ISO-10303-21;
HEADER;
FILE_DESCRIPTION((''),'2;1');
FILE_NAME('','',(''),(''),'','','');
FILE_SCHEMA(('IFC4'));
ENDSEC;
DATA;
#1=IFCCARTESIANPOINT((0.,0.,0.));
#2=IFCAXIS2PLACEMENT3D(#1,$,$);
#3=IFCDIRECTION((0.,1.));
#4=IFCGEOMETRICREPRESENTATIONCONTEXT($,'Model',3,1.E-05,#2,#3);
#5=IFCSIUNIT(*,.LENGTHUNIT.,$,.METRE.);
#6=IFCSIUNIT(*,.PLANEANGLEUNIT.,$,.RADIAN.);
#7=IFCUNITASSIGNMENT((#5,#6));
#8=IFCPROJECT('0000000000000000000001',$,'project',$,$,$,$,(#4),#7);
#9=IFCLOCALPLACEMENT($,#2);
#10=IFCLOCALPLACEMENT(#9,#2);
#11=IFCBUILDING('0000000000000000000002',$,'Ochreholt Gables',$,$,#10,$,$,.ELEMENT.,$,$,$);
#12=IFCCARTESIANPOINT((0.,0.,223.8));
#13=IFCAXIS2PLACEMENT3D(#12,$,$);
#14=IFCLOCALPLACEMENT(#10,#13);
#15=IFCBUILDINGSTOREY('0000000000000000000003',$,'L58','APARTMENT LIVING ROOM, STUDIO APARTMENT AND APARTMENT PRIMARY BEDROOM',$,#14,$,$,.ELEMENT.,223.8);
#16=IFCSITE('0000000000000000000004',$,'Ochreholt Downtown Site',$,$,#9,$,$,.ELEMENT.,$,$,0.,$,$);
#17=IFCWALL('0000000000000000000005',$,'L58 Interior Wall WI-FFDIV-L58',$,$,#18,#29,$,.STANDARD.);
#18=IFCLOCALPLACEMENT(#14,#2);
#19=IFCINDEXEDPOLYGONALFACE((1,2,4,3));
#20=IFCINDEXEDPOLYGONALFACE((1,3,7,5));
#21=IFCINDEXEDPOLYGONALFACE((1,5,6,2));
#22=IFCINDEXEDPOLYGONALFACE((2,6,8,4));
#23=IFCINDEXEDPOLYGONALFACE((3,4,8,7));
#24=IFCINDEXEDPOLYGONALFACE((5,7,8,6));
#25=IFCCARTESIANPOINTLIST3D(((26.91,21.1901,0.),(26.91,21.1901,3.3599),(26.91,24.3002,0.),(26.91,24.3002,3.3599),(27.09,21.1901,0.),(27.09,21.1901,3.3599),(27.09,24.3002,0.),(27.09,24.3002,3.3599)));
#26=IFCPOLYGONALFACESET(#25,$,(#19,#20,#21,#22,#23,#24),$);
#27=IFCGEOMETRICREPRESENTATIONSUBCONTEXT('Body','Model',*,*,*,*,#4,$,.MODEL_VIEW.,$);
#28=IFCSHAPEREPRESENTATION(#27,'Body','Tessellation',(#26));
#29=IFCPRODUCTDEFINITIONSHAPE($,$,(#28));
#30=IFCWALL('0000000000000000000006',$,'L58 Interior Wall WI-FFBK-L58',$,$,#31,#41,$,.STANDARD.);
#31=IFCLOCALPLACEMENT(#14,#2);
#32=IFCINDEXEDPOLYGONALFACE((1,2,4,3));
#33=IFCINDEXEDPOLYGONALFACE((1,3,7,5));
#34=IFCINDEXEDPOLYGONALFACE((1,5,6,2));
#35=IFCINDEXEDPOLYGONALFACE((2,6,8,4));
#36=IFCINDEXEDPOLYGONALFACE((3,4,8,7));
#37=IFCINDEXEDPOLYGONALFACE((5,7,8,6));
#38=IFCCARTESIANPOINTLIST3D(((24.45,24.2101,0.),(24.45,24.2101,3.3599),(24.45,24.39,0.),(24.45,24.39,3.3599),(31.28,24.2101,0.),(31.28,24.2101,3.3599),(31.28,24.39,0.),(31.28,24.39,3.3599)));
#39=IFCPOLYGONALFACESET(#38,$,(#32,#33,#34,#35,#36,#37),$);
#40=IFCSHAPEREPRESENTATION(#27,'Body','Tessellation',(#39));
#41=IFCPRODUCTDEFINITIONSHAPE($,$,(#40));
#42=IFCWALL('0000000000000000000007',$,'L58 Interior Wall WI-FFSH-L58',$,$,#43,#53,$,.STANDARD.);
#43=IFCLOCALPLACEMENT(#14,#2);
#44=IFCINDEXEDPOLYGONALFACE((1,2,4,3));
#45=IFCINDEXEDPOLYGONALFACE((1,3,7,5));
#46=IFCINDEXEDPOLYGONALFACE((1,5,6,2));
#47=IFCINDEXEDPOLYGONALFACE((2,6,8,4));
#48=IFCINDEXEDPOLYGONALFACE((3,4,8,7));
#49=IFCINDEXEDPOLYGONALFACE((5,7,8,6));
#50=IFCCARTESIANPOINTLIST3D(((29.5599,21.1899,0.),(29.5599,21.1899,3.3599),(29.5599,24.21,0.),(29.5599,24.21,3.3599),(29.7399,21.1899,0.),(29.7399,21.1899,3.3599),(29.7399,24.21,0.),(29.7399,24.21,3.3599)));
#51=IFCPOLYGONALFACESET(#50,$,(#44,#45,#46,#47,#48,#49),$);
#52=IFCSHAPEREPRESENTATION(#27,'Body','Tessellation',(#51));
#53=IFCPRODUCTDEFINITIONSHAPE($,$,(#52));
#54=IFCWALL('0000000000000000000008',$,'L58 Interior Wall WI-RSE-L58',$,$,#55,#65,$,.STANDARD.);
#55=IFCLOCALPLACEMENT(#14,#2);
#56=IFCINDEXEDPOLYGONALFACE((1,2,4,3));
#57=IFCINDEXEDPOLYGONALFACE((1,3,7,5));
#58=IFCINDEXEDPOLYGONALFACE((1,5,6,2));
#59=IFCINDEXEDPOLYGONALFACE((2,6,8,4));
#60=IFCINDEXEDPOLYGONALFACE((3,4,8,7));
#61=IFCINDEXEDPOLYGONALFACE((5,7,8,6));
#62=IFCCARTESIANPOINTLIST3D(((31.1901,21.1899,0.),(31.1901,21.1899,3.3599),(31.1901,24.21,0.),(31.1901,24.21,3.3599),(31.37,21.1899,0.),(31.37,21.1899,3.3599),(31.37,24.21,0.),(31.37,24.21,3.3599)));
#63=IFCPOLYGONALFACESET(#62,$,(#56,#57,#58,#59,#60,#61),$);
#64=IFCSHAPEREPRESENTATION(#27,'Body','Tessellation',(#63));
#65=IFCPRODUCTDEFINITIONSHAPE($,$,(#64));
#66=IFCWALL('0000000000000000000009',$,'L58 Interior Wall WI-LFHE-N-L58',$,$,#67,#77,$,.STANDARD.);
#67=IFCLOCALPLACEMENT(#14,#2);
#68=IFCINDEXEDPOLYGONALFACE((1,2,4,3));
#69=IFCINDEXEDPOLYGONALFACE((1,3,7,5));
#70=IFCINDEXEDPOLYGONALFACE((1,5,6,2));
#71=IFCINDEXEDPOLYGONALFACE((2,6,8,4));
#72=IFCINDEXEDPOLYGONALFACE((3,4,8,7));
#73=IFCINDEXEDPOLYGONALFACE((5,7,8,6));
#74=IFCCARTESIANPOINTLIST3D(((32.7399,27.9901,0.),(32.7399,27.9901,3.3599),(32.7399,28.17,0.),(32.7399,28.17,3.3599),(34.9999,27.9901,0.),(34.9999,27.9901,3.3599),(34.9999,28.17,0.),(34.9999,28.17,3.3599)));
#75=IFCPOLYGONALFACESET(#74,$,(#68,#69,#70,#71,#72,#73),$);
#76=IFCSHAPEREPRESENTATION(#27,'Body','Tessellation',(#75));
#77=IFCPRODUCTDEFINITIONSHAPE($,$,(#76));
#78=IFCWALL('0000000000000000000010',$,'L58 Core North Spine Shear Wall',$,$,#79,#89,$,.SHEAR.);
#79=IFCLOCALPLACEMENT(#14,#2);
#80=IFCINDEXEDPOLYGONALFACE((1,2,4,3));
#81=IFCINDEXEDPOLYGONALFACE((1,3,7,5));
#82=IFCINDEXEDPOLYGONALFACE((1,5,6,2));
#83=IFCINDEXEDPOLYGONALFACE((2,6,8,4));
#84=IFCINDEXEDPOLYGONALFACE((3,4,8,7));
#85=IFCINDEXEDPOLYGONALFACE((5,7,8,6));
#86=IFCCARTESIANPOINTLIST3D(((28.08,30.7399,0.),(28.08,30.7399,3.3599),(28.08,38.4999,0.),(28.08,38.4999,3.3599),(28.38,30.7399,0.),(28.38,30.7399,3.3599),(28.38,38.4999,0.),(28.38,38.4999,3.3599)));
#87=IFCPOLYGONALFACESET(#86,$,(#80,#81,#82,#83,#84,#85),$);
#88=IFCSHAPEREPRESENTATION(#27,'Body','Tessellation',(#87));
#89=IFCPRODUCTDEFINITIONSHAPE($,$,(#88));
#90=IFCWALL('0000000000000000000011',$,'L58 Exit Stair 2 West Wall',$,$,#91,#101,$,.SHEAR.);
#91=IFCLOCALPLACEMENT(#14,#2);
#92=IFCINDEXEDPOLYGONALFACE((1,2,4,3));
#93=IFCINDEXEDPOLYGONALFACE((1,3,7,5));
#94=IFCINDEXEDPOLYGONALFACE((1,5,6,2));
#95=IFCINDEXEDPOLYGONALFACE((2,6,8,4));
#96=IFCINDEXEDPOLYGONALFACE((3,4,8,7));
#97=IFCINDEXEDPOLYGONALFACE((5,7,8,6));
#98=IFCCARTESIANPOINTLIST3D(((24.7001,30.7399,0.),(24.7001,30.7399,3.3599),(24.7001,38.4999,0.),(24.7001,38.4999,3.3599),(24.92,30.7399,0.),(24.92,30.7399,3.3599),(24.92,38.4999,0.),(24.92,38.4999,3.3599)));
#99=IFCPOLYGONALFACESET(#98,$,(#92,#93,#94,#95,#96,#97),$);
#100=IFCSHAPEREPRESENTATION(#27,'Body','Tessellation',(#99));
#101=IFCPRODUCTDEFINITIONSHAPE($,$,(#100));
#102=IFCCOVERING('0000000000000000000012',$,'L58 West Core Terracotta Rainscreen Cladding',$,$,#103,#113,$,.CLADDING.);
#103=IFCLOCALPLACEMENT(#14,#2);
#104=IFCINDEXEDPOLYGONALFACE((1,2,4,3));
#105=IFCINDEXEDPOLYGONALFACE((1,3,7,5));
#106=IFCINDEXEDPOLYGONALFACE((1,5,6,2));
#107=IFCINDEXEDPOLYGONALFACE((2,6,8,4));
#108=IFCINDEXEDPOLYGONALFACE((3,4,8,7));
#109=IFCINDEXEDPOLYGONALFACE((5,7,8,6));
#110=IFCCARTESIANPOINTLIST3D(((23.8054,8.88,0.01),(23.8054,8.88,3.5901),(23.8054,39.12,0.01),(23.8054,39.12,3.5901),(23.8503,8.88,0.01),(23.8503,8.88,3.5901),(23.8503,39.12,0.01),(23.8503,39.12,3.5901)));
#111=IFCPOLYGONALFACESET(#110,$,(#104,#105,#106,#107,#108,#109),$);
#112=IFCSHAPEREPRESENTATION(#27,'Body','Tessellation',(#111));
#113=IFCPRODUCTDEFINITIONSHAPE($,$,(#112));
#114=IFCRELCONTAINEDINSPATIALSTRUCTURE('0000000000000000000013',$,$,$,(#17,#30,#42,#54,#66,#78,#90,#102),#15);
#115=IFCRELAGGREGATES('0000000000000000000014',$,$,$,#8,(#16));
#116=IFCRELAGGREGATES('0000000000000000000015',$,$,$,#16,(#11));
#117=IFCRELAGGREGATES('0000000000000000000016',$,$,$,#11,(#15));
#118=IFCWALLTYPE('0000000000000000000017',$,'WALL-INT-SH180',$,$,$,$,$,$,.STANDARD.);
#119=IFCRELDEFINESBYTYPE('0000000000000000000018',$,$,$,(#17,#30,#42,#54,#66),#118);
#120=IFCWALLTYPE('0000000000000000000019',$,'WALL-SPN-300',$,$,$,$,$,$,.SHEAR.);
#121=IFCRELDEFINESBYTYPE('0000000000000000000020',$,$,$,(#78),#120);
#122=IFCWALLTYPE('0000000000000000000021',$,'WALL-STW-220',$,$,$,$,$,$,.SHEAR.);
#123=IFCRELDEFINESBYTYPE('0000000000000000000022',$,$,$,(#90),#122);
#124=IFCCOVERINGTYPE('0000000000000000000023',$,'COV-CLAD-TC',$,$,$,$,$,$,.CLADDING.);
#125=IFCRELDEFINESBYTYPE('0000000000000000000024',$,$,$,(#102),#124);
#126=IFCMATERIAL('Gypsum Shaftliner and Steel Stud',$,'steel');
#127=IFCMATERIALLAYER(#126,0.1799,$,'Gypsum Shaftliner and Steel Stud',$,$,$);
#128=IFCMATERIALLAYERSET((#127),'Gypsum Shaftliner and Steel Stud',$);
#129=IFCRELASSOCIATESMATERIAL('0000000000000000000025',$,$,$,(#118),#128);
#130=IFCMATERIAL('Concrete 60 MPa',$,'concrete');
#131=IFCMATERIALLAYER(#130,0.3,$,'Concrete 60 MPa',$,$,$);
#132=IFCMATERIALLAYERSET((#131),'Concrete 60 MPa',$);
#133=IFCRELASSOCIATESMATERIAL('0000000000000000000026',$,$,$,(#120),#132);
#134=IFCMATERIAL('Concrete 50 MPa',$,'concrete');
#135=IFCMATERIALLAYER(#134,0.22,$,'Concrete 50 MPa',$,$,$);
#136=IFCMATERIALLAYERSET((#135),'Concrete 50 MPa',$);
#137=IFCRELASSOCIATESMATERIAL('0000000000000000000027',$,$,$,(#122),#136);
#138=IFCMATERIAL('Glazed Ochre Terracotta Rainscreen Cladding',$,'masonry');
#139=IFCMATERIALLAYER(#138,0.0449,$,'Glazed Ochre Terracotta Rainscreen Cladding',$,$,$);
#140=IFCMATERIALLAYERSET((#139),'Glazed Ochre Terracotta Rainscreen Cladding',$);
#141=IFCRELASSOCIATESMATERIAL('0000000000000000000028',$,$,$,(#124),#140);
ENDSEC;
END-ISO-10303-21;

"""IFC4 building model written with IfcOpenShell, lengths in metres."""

from ifc_helpers import new_model, si_unit, direction, frame, frame_2d, origin, origin_2d, place, context, subcontext, project, spatial, rectangle, extrude, material, layer, layer_set, type_object, element, save


model = new_model("IFC4")

# Units and contexts
model_context = context("Model", 3, precision=1e-05, world=origin(), true_north=direction((0.0, 1.0)))
body_context = subcontext(model_context, "Body", "Model", "MODEL_VIEW")
ifc_project = project(units=[si_unit("LENGTHUNIT", "METRE"), si_unit("PLANEANGLEUNIT", "RADIAN")], contexts=[model_context])

# Site, building, storey
site_placement = place(None, origin())
site = spatial("IfcSite", under=ifc_project, at=site_placement, Name="Ochreholt Downtown Site", CompositionType="ELEMENT", RefElevation=0.0)
building_placement = place(site_placement, origin())
building = spatial("IfcBuilding", under=site, at=building_placement, Name="Ochreholt Gables", CompositionType="ELEMENT")
storey_placement = place(building_placement, frame((0.0, 0.0, 223.8)))
storey = spatial("IfcBuildingStorey", under=building, at=storey_placement, Name="L58", Description="APARTMENT LIVING ROOM, STUDIO APARTMENT AND APARTMENT PRIMARY BEDROOM", CompositionType="ELEMENT", Elevation=223.8)

# Shared definitions
ifc_material_1 = material(Name="Concrete 50 MPa", Category="concrete")

# Walls
ifc_material_2 = material(Name="Gypsum Shaftliner and Steel Stud", Category="steel")
ifc_layer_1 = layer(ifc_material_2, 0.1799, Name="Gypsum Shaftliner and Steel Stud")
ifc_layer_set_1 = layer_set([ifc_layer_1], Name="Gypsum Shaftliner and Steel Stud")
wall_type_1 = type_object("IfcWallType", Name="WALL-INT-SH180", PredefinedType="STANDARD", material=ifc_layer_set_1)
wall_1_placement = place(storey_placement, frame((27.0, 21.1899, 0.0), z_axis=(0.0, 0.0, 1.0), x_axis=(0.0, 1.0, 0.0)))
element("IfcWall", 1, at=wall_1_placement, inside=storey, type_object=wall_type_1, Name="L58 Interior Wall WI-FFDIV-L58", PredefinedType="STANDARD", context=body_context, shape_type="SweptSolid", body=[
    extrude(rectangle(XDim=3.1101, YDim=0.1799, at=frame_2d((1.5552, 0.0))), origin(), (0.0, 0.0, 1.0), 3.3599),
])
wall_2_placement = place(storey_placement, frame((24.45, 24.3, 0.0), z_axis=(0.0, 0.0, 1.0), x_axis=(1.0, 0.0, 0.0)))
element("IfcWall", 2, at=wall_2_placement, inside=storey, type_object=wall_type_1, Name="L58 Interior Wall WI-FFBK-L58", PredefinedType="STANDARD", context=body_context, shape_type="SweptSolid", body=[
    extrude(rectangle(XDim=6.8301, YDim=0.1799, at=frame_2d((3.415, 0.0))), origin(), (0.0, 0.0, 1.0), 3.3599),
])
for number, where, z_axis, x_axis, name in (
    (3, (29.6499, 21.1899, 0.0), (0.0, 0.0, 1.0), (0.0, 1.0, 0.0), "L58 Interior Wall WI-FFSH-L58"),
    (4, (31.28, 21.1899, 0.0), (0.0, 0.0, 1.0), (0.0, 1.0, 0.0), "L58 Interior Wall WI-RSE-L58"),
):
    element("IfcWall", number, at=place(storey_placement, frame(where, z_axis=z_axis, x_axis=x_axis)), inside=storey, type_object=wall_type_1, Name=name, PredefinedType="STANDARD", context=body_context, shape_type="SweptSolid", body=[
        extrude(rectangle(XDim=3.02, YDim=0.1799, at=frame_2d((1.51, 0.0))), origin(), (0.0, 0.0, 1.0), 3.3599),
    ])
wall_3_placement = place(storey_placement, frame((32.74, 28.0801, 0.0), z_axis=(0.0, 0.0, 1.0), x_axis=(1.0, 0.0, 0.0)))
element("IfcWall", 5, at=wall_3_placement, inside=storey, type_object=wall_type_1, Name="L58 Interior Wall WI-LFHE-N-L58", PredefinedType="STANDARD", context=body_context, shape_type="SweptSolid", body=[
    extrude(rectangle(XDim=2.26, YDim=0.1799, at=frame_2d((1.1299, 0.0))), origin(), (0.0, 0.0, 1.0), 3.3599),
])
ifc_material_3 = material(Name="Concrete 60 MPa", Category="concrete")
ifc_layer_2 = layer(ifc_material_3, 0.3, Name="Concrete 60 MPa")
ifc_layer_set_2 = layer_set([ifc_layer_2], Name="Concrete 60 MPa")
wall_type_2 = type_object("IfcWallType", Name="WALL-SPN-300", PredefinedType="SHEAR", material=ifc_layer_set_2)
wall_4_placement = place(storey_placement, frame((28.23, 30.74, 0.0), z_axis=(0.0, 0.0, 1.0), x_axis=(0.0, 1.0, 0.0)))
element("IfcWall", 6, at=wall_4_placement, inside=storey, type_object=wall_type_2, Name="L58 Core North Spine Shear Wall", PredefinedType="SHEAR", context=body_context, shape_type="SweptSolid", body=[
    extrude(rectangle(XDim=7.76, YDim=0.3, at=frame_2d((3.8799, 0.0))), origin(), (0.0, 0.0, 1.0), 3.3599),
])
ifc_layer_3 = layer(ifc_material_1, 0.22, Name="Concrete 50 MPa")
ifc_layer_set_3 = layer_set([ifc_layer_3], Name="Concrete 50 MPa")
wall_type_3 = type_object("IfcWallType", Name="WALL-STW-220", PredefinedType="SHEAR", material=ifc_layer_set_3)
wall_5_placement = place(storey_placement, frame((24.8101, 30.74, 0.0), z_axis=(0.0, 0.0, 1.0), x_axis=(0.0, 1.0, 0.0)))
element("IfcWall", 7, at=wall_5_placement, inside=storey, type_object=wall_type_3, Name="L58 Exit Stair 2 West Wall", PredefinedType="SHEAR", context=body_context, shape_type="SweptSolid", body=[
    extrude(rectangle(XDim=7.76, YDim=0.22, at=frame_2d((3.8799, 0.0))), origin(), (0.0, 0.0, 1.0), 3.3599),
])

# Covering
ifc_material_4 = material(Name="Glazed Ochre Terracotta Rainscreen Cladding", Category="masonry")
ifc_layer_4 = layer(ifc_material_4, 0.0449, Name="Glazed Ochre Terracotta Rainscreen Cladding")
ifc_layer_set_4 = layer_set([ifc_layer_4], Name="Glazed Ochre Terracotta Rainscreen Cladding")
covering_type = type_object("IfcCoveringType", Name="COV-CLAD-TC", PredefinedType="CLADDING", material=ifc_layer_set_4)
covering_placement = place(storey_placement, frame((23.8279, 24.0, 0.01), z_axis=(0.0, 0.0, 1.0), x_axis=(0.0, 1.0, 0.0)))
element("IfcCovering", 8, at=covering_placement, inside=storey, type_object=covering_type, Name="L58 West Core Terracotta Rainscreen Cladding", PredefinedType="CLADDING", context=body_context, shape_type="SweptSolid", body=[
    extrude(rectangle(XDim=30.24, YDim=0.0449, at=origin_2d()), origin(), (0.0, 0.0, 1.0), 3.5801),
])

save(model, "model.ifc")
